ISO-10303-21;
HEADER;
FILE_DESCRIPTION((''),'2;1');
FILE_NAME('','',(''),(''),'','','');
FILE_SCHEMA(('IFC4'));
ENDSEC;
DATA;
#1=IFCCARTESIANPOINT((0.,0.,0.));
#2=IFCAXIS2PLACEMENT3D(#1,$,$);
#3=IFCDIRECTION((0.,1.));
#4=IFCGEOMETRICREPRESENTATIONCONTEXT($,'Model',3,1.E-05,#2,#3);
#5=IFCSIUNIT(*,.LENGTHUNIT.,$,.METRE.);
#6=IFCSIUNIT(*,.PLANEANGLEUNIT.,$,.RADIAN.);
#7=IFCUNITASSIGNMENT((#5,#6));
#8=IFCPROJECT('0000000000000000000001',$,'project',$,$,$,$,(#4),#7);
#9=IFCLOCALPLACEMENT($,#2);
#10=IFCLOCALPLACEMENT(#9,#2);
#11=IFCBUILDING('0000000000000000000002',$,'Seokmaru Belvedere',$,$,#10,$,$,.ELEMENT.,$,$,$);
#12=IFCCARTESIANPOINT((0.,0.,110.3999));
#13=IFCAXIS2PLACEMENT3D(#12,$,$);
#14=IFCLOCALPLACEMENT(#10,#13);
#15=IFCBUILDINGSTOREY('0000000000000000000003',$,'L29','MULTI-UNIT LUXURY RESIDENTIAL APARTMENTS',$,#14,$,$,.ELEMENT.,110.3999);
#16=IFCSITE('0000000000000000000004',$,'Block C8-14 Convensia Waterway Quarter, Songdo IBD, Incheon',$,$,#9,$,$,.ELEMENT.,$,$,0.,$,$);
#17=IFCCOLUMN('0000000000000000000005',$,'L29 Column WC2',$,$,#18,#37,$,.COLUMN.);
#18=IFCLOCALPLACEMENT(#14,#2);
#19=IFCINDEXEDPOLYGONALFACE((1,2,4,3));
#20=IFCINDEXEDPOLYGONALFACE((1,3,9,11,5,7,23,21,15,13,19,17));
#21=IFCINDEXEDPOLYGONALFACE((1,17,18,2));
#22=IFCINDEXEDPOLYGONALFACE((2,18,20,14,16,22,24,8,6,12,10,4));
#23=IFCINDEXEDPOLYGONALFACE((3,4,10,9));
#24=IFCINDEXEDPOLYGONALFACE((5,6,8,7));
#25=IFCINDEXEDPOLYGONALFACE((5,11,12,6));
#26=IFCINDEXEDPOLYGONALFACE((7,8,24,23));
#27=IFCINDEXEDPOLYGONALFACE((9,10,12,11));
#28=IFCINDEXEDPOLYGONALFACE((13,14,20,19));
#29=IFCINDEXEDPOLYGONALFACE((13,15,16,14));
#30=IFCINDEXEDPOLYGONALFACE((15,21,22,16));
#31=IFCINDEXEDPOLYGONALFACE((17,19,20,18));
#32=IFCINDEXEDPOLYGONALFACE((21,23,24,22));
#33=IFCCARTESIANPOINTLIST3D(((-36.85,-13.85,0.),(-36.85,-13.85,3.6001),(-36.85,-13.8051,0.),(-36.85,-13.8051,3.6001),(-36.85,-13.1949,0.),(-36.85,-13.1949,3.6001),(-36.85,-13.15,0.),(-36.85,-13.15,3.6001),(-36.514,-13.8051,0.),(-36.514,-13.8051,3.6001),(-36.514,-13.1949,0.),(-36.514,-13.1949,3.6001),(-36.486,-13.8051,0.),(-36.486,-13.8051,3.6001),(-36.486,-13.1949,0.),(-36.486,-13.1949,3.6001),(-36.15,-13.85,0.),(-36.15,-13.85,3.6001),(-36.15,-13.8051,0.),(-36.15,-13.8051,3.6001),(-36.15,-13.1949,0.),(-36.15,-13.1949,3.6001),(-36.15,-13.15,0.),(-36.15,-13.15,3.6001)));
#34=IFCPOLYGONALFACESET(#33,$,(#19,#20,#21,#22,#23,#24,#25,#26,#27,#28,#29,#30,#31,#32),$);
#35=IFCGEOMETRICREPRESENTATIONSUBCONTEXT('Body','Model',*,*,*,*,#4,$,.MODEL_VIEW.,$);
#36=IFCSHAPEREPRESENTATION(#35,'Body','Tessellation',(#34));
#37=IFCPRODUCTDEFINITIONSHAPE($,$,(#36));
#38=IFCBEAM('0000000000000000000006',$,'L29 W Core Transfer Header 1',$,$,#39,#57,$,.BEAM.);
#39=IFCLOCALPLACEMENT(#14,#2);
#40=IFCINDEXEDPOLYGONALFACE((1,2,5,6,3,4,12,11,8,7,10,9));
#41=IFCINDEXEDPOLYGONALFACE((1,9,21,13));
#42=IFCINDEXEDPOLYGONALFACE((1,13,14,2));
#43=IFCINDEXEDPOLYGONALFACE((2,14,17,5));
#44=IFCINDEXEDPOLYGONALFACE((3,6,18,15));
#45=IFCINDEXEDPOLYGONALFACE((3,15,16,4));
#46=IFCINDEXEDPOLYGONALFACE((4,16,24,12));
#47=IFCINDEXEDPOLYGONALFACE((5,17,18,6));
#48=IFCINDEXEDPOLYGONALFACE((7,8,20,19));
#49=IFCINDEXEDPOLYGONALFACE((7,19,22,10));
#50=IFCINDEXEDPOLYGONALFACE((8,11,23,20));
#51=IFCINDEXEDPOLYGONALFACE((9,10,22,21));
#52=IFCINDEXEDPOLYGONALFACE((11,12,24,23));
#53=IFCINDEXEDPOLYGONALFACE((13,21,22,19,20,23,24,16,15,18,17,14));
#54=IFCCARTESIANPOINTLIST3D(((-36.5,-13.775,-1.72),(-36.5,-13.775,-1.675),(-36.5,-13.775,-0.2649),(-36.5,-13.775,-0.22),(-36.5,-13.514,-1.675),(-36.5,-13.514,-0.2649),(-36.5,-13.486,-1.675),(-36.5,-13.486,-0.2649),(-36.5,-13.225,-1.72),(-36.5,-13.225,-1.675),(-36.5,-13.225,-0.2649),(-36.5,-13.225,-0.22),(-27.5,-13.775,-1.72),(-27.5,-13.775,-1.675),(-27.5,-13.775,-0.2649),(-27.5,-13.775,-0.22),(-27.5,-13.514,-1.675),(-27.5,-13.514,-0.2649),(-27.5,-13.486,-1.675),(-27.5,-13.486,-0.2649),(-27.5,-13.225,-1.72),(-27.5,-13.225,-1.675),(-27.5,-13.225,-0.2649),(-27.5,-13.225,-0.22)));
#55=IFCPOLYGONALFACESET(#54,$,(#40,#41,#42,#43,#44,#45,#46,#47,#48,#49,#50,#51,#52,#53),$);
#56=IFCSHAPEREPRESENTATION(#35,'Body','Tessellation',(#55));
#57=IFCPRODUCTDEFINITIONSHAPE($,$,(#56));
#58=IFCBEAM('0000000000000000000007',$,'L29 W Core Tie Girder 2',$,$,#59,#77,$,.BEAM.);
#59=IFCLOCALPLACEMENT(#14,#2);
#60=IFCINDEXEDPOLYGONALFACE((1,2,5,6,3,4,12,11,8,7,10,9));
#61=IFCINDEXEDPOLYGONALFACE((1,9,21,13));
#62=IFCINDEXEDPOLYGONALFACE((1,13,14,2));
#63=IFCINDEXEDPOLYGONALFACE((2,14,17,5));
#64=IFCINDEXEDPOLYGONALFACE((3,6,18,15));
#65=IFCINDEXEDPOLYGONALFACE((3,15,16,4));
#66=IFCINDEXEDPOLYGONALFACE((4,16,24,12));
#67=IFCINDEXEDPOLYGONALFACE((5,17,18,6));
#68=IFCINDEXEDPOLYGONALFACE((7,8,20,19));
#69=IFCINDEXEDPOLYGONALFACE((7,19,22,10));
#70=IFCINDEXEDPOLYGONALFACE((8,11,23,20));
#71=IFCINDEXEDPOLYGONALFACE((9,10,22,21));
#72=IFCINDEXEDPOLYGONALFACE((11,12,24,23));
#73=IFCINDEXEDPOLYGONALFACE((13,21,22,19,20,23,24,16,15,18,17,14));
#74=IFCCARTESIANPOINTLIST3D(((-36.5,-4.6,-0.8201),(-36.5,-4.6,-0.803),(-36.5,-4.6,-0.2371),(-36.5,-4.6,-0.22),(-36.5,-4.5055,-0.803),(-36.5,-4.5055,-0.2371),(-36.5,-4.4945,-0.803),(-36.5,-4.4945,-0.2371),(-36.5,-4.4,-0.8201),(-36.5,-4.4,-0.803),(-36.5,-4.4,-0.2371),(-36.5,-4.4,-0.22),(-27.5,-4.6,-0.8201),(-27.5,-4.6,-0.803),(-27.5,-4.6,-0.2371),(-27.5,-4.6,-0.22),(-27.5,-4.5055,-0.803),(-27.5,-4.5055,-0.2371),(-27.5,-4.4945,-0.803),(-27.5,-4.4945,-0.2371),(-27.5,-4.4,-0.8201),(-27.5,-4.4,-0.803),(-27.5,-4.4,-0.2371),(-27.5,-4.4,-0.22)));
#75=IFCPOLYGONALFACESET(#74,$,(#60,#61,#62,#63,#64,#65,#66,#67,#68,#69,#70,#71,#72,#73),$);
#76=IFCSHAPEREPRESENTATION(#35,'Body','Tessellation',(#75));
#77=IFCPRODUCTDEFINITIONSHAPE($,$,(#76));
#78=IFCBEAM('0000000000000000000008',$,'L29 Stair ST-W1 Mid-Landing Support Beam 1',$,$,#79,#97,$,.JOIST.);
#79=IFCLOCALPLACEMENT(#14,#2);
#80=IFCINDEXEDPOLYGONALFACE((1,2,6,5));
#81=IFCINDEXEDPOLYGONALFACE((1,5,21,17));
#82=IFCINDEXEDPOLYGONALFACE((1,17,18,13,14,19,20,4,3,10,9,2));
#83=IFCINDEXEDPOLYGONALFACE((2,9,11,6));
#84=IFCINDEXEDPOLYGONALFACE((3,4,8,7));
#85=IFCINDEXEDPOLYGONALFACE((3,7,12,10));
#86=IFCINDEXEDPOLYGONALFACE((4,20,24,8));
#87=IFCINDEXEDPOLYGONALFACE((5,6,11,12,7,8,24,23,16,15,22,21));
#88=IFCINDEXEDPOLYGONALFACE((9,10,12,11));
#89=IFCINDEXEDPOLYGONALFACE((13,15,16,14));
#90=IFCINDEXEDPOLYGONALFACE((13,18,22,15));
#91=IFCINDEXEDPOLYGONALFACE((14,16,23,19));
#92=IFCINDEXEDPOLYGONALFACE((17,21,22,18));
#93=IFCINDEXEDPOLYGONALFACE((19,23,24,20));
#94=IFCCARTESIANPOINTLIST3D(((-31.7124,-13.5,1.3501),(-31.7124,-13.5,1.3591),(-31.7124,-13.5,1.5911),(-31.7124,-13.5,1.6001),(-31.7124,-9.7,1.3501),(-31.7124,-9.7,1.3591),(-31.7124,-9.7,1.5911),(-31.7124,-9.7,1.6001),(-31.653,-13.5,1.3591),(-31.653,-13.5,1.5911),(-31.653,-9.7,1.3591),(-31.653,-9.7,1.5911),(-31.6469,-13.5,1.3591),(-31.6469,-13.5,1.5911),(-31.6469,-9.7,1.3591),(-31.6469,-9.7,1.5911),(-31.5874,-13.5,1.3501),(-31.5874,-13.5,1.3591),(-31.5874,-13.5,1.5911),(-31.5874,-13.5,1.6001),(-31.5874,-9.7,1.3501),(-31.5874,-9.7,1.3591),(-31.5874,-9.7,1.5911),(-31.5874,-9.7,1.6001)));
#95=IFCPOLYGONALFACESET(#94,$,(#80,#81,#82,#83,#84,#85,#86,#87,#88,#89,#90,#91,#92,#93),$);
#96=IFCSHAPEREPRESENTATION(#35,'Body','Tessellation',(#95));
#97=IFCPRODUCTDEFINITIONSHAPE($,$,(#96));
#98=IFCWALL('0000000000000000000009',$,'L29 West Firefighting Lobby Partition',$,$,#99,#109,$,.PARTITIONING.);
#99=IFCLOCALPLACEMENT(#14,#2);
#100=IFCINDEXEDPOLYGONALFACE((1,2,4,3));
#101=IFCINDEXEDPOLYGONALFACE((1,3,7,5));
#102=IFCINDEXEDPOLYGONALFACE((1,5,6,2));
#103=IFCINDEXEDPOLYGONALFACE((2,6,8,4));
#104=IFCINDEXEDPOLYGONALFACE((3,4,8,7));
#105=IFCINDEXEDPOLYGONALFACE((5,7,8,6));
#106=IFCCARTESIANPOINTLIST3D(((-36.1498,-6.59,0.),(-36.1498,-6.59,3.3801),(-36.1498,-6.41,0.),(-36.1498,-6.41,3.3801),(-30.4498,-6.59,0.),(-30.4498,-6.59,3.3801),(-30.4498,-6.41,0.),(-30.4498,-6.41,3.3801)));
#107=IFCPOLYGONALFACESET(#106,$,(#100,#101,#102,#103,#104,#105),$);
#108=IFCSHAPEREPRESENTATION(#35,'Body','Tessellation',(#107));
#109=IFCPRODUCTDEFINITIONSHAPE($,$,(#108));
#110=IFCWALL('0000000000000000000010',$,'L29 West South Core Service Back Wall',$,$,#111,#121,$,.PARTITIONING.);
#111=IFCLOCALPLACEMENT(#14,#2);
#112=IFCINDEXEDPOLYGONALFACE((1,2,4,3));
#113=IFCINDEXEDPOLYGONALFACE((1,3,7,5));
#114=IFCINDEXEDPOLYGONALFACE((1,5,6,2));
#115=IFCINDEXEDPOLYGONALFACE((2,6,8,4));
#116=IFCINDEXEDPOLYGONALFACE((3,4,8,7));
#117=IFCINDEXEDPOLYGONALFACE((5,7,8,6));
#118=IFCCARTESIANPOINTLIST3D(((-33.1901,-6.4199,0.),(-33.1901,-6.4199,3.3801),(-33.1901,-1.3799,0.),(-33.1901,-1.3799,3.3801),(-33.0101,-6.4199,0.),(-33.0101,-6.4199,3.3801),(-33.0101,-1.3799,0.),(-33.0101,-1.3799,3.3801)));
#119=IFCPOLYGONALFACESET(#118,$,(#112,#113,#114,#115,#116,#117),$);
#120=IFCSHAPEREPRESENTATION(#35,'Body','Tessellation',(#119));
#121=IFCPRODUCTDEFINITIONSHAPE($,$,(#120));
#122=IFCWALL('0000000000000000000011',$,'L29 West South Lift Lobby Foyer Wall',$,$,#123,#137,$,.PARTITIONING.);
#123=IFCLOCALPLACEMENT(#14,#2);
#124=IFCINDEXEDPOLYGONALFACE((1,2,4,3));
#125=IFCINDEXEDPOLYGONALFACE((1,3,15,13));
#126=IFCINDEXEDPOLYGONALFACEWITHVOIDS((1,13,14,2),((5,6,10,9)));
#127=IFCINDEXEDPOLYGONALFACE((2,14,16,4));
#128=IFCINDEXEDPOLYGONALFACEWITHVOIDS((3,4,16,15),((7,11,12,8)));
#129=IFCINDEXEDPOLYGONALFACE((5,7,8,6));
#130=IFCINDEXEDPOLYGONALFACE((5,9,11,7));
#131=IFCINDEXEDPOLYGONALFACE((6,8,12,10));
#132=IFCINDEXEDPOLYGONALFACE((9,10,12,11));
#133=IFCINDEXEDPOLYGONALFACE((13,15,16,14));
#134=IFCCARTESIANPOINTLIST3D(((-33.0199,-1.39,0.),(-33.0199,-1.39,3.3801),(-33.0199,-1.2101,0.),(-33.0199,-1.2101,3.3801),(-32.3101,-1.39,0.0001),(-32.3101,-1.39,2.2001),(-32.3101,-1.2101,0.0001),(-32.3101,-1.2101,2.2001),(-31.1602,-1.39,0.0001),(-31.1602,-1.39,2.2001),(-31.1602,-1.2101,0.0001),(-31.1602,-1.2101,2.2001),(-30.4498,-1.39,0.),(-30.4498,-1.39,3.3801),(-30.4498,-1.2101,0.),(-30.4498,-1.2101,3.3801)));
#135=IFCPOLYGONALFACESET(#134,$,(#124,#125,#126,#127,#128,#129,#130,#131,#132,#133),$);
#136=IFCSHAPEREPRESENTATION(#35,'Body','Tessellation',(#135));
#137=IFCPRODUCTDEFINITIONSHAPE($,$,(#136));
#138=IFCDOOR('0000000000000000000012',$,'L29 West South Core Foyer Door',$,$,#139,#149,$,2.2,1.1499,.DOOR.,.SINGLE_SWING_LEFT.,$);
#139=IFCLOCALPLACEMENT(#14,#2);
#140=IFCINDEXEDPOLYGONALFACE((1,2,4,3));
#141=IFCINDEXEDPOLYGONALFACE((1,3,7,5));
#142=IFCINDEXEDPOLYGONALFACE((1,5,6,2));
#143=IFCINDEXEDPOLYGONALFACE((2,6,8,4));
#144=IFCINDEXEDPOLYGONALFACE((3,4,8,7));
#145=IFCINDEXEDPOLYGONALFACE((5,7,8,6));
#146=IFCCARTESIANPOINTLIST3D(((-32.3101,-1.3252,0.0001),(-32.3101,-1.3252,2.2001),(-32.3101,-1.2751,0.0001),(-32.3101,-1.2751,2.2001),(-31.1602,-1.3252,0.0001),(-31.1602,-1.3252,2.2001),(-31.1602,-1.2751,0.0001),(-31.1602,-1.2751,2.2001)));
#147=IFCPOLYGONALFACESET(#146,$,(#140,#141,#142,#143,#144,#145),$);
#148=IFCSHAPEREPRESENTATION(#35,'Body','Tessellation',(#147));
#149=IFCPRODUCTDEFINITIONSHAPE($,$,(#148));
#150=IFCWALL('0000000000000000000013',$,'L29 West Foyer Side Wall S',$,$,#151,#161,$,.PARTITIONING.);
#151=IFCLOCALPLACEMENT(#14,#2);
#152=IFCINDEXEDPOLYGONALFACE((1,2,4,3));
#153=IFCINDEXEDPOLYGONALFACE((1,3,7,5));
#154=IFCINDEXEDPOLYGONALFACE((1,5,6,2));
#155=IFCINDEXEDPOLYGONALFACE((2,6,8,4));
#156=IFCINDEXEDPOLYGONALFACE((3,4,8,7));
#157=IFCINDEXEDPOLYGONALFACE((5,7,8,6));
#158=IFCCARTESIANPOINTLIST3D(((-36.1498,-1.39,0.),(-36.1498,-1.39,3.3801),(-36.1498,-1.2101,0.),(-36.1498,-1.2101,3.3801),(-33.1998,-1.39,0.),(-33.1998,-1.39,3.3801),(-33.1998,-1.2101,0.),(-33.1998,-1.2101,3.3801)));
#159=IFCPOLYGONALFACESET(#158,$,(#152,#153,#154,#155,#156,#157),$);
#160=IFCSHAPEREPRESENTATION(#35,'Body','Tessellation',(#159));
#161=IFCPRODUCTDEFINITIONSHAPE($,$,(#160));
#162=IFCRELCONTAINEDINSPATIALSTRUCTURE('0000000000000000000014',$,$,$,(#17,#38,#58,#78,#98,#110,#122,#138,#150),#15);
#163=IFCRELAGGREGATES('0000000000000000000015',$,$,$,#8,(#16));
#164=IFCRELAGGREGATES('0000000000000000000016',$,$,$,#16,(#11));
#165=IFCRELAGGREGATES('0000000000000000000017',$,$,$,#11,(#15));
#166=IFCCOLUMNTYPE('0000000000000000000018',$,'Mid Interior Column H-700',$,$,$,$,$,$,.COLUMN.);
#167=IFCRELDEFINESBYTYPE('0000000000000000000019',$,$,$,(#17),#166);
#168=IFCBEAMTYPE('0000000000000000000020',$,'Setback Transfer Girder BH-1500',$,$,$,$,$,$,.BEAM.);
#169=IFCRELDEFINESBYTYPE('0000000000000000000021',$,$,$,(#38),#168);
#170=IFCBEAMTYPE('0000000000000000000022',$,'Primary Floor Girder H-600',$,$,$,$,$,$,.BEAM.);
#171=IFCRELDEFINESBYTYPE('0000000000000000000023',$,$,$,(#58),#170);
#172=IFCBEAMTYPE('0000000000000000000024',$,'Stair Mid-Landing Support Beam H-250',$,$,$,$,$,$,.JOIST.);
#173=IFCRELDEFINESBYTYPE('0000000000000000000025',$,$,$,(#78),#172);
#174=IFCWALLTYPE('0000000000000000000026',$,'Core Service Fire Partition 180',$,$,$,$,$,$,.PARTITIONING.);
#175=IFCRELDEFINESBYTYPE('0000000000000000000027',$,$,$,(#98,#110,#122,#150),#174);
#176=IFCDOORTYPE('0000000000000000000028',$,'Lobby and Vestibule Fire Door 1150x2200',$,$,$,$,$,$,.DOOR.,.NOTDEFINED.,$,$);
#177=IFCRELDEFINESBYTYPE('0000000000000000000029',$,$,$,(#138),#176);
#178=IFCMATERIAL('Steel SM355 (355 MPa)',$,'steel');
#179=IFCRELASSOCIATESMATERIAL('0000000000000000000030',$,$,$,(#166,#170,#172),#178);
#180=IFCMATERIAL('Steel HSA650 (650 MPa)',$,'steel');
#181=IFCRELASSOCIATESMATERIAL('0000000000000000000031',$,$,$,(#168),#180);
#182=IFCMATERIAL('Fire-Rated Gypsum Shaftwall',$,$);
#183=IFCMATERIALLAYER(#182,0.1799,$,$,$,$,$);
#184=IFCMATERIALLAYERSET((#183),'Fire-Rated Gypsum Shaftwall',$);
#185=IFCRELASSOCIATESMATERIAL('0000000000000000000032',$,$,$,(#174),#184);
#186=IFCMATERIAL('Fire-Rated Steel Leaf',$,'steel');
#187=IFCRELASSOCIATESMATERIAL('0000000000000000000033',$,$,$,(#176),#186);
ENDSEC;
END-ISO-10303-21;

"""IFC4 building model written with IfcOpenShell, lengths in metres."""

from ifc_helpers import new_model, si_unit, direction, frame, frame_2d, origin, origin_2d, place, context, subcontext, project, spatial, rectangle, i_section, extrude, source, transform, mapped, material, layer, layer_set, material_profile, profile_set, type_object, type_shapes, element, fill, save


model = new_model("IFC4")

# Units and contexts
model_context = context("Model", 3, precision=1e-05, world=origin(), true_north=direction((0.0, 1.0)))
body_context = subcontext(model_context, "Body", "Model", "MODEL_VIEW")
ifc_project = project(units=[si_unit("LENGTHUNIT", "METRE"), si_unit("PLANEANGLEUNIT", "RADIAN")], contexts=[model_context])

# Site, building, storey
site_placement = place(None, origin())
site = spatial("IfcSite", under=ifc_project, at=site_placement, Name="Block C8-14 Convensia Waterway Quarter, Songdo IBD, Incheon", CompositionType="ELEMENT", RefElevation=0.0)
building_placement = place(site_placement, origin())
building = spatial("IfcBuilding", under=site, at=building_placement, Name="Seokmaru Belvedere", CompositionType="ELEMENT")
storey_placement = place(building_placement, frame((0.0, 0.0, 110.3999)))
storey = spatial("IfcBuildingStorey", under=building, at=storey_placement, Name="L29", Description="MULTI-UNIT LUXURY RESIDENTIAL APARTMENTS", CompositionType="ELEMENT", Elevation=110.3999)

# Column
ifc_material_1 = material(Name="Steel SM355 (355 MPa)", Category="steel")
ifc_material_profile_1 = material_profile(ifc_material_1, i_section(OverallWidth=0.7, OverallDepth=0.7, WebThickness=0.0281, FlangeThickness=0.0449, at=origin_2d()), Name="H-700x700x28x45")
ifc_profile_set_1 = profile_set([ifc_material_profile_1], Name="Steel SM355 (355 MPa)")
column_type = type_object("IfcColumnType", Name="Mid Interior Column H-700", PredefinedType="COLUMN", material=ifc_profile_set_1)
shared_shape_1 = source(origin(), body_context, "Body", "SweptSolid", [
    extrude(i_section(OverallWidth=0.7, OverallDepth=0.7, WebThickness=0.0281, FlangeThickness=0.0449, at=origin_2d()), origin(), (0.0, 0.0, 1.0), 3.6001),
])
type_shapes(column_type, [shared_shape_1])
column_placement = place(storey_placement, frame((-36.5, -13.5, 0.0), z_axis=(0.0, 0.0, 1.0), x_axis=(1.0, 0.0, 0.0)))
element("IfcColumn", 1, at=column_placement, inside=storey, type_object=column_type, Name="L29 Column WC2", PredefinedType="COLUMN", context=body_context, shape_type="MappedRepresentation", body=[
    mapped(shared_shape_1, transform((0.0, 0.0, 0.0), scale=1.0)),
])

# Beams
ifc_material_2 = material(Name="Steel HSA650 (650 MPa)", Category="steel")
ifc_material_profile_2 = material_profile(ifc_material_2, i_section(OverallWidth=0.55, OverallDepth=1.5, WebThickness=0.0281, FlangeThickness=0.0449, at=origin_2d()), Name="BH-1500x550x28x45")
ifc_profile_set_2 = profile_set([ifc_material_profile_2], Name="Steel HSA650 (650 MPa)")
beam_type_1 = type_object("IfcBeamType", Name="Setback Transfer Girder BH-1500", PredefinedType="BEAM", material=ifc_profile_set_2)
shared_shape_2 = source(origin(), body_context, "Body", "SweptSolid", [
    extrude(i_section(OverallWidth=0.55, OverallDepth=1.5, WebThickness=0.0281, FlangeThickness=0.0449, at=origin_2d()), origin(), (0.0, 0.0, 1.0), 9.0),
])
type_shapes(beam_type_1, [shared_shape_2])
beam_1_placement = place(storey_placement, frame((-36.5, -13.5, -0.97), z_axis=(1.0, 0.0, 0.0), x_axis=(0.0, 1.0, 0.0)))
element("IfcBeam", 2, at=beam_1_placement, inside=storey, type_object=beam_type_1, Name="L29 W Core Transfer Header 1", PredefinedType="BEAM", context=body_context, shape_type="MappedRepresentation", body=[
    mapped(shared_shape_2, transform((0.0, 0.0, 0.0), scale=1.0)),
])
ifc_material_profile_3 = material_profile(ifc_material_1, i_section(OverallWidth=0.2, OverallDepth=0.6001, WebThickness=0.011, FlangeThickness=0.0171, at=origin_2d()), Name="H-600x200x11x17")
ifc_profile_set_3 = profile_set([ifc_material_profile_3], Name="Steel SM355 (355 MPa)")
beam_type_2 = type_object("IfcBeamType", Name="Primary Floor Girder H-600", PredefinedType="BEAM", material=ifc_profile_set_3)
shared_shape_3 = source(origin(), body_context, "Body", "SweptSolid", [
    extrude(i_section(OverallWidth=0.2, OverallDepth=0.6001, WebThickness=0.011, FlangeThickness=0.0171, at=origin_2d()), origin(), (0.0, 0.0, 1.0), 9.0),
])
type_shapes(beam_type_2, [shared_shape_3])
beam_2_placement = place(storey_placement, frame((-36.5, -4.5, -0.52), z_axis=(1.0, 0.0, 0.0), x_axis=(0.0, 1.0, 0.0)))
element("IfcBeam", 3, at=beam_2_placement, inside=storey, type_object=beam_type_2, Name="L29 W Core Tie Girder 2", PredefinedType="BEAM", context=body_context, shape_type="MappedRepresentation", body=[
    mapped(shared_shape_3, transform((0.0, 0.0, 0.0), scale=1.0)),
])
ifc_material_profile_4 = material_profile(ifc_material_1, i_section(OverallWidth=0.125, OverallDepth=0.25, WebThickness=0.0061, FlangeThickness=0.009, at=origin_2d()), Name="H-250x125x6x9")
ifc_profile_set_4 = profile_set([ifc_material_profile_4], Name="Steel SM355 (355 MPa)")
beam_type_3 = type_object("IfcBeamType", Name="Stair Mid-Landing Support Beam H-250", PredefinedType="JOIST", material=ifc_profile_set_4)
shared_shape_4 = source(origin(), body_context, "Body", "SweptSolid", [
    extrude(i_section(OverallWidth=0.125, OverallDepth=0.25, WebThickness=0.0061, FlangeThickness=0.009, at=origin_2d()), origin(), (0.0, 0.0, 1.0), 3.8),
])
type_shapes(beam_type_3, [shared_shape_4])
beam_3_placement = place(storey_placement, frame((-31.6499, -13.5, 1.4751), z_axis=(0.0, 1.0, 0.0), x_axis=(-1.0, 0.0, 0.0)))
element("IfcBeam", 4, at=beam_3_placement, inside=storey, type_object=beam_type_3, Name="L29 Stair ST-W1 Mid-Landing Support Beam 1", PredefinedType="JOIST", context=body_context, shape_type="MappedRepresentation", body=[
    mapped(shared_shape_4, transform((0.0, 0.0, 0.0), scale=1.0)),
])

# Walls
ifc_material_3 = material(Name="Fire-Rated Gypsum Shaftwall")
ifc_layer_1 = layer(ifc_material_3, 0.1799)
ifc_layer_set_1 = layer_set([ifc_layer_1], Name="Fire-Rated Gypsum Shaftwall")
wall_type_1 = type_object("IfcWallType", Name="Core Service Fire Partition 180", PredefinedType="PARTITIONING", material=ifc_layer_set_1)
wall_1_placement = place(storey_placement, frame((-36.1499, -6.5, 0.0), z_axis=(0.0, 0.0, 1.0), x_axis=(1.0, 0.0, 0.0)))
element("IfcWall", 5, at=wall_1_placement, inside=storey, type_object=wall_type_1, Name="L29 West Firefighting Lobby Partition", PredefinedType="PARTITIONING", context=body_context, shape_type="SweptSolid", body=[
    extrude(rectangle(XDim=5.7, YDim=0.1799, at=frame_2d((2.8501, 0.0))), origin(), (0.0, 0.0, 1.0), 3.3801),
])
wall_2_placement = place(storey_placement, frame((-33.1001, -6.4199, 0.0), z_axis=(0.0, 0.0, 1.0), x_axis=(0.0, 1.0, 0.0)))
element("IfcWall", 6, at=wall_2_placement, inside=storey, type_object=wall_type_1, Name="L29 West South Core Service Back Wall", PredefinedType="PARTITIONING", context=body_context, shape_type="SweptSolid", body=[
    extrude(rectangle(XDim=5.04, YDim=0.1799, at=frame_2d((2.52, 0.0))), origin(), (0.0, 0.0, 1.0), 3.3801),
])

# Wall, opening, door
wall_3_placement = place(storey_placement, frame((-33.02, -1.3, 0.0), z_axis=(0.0, 0.0, 1.0), x_axis=(1.0, 0.0, 0.0)))
wall_3 = element("IfcWall", 7, at=wall_3_placement, inside=storey, type_object=wall_type_1, Name="L29 West South Lift Lobby Foyer Wall", PredefinedType="PARTITIONING", context=body_context, shape_type="SweptSolid", body=[
    extrude(rectangle(XDim=2.5701, YDim=0.1799, at=frame_2d((1.2852, 0.0))), origin(), (0.0, 0.0, 1.0), 3.3801),
])
opening_1_placement = place(wall_3_placement, frame((0.71, 0.0, 0.0)))
opening_1 = element("IfcOpeningElement", 8, at=opening_1_placement, cuts=wall_3, PredefinedType="OPENING", context=body_context, shape_type="SweptSolid", body=[
    extrude(rectangle(XDim=1.1499, YDim=2.2, at=frame_2d((0.575, 1.1001))), frame((0.0, 0.1001, 0.0), z_axis=(0.0, -1.0, 0.0), x_axis=(1.0, 0.0, 0.0)), (0.0, 0.0, 1.0), 0.2),
])
ifc_material_4 = material(Name="Fire-Rated Steel Leaf", Category="steel")
door_type_1 = type_object("IfcDoorType", Name="Lobby and Vestibule Fire Door 1150x2200", OperationType="NOTDEFINED", PredefinedType="DOOR", material=ifc_material_4)
shared_shape_5 = source(origin(), body_context, "Body", "SweptSolid", [
    extrude(rectangle(XDim=1.1499, YDim=2.2, at=frame_2d((0.575, 1.1001))), frame((0.0, 0.0249, 0.0), z_axis=(0.0, -1.0, 0.0), x_axis=(1.0, 0.0, 0.0)), (0.0, 0.0, 1.0), 0.05),
])
type_shapes(door_type_1, [shared_shape_5])
door_1_placement = place(opening_1_placement, origin())
door_1 = element("IfcDoor", 9, at=door_1_placement, inside=storey, type_object=door_type_1, Name="L29 West South Core Foyer Door", OperationType="SINGLE_SWING_LEFT", OverallHeight=2.2, OverallWidth=1.1499, PredefinedType="DOOR", context=body_context, shape_type="MappedRepresentation", body=[
    mapped(shared_shape_5, transform((0.0, 0.0, 0.0), scale=1.0)),
])
fill(opening_1, door_1)

# Wall
wall_4_placement = place(storey_placement, frame((-36.1499, -1.3, 0.0), z_axis=(0.0, 0.0, 1.0), x_axis=(1.0, 0.0, 0.0)))
element("IfcWall", 10, at=wall_4_placement, inside=storey, type_object=wall_type_1, Name="L29 West Foyer Side Wall S", PredefinedType="PARTITIONING", context=body_context, shape_type="SweptSolid", body=[
    extrude(rectangle(XDim=2.95, YDim=0.1799, at=frame_2d((1.4751, 0.0))), origin(), (0.0, 0.0, 1.0), 3.3801),
])

save(model, "model.ifc")
